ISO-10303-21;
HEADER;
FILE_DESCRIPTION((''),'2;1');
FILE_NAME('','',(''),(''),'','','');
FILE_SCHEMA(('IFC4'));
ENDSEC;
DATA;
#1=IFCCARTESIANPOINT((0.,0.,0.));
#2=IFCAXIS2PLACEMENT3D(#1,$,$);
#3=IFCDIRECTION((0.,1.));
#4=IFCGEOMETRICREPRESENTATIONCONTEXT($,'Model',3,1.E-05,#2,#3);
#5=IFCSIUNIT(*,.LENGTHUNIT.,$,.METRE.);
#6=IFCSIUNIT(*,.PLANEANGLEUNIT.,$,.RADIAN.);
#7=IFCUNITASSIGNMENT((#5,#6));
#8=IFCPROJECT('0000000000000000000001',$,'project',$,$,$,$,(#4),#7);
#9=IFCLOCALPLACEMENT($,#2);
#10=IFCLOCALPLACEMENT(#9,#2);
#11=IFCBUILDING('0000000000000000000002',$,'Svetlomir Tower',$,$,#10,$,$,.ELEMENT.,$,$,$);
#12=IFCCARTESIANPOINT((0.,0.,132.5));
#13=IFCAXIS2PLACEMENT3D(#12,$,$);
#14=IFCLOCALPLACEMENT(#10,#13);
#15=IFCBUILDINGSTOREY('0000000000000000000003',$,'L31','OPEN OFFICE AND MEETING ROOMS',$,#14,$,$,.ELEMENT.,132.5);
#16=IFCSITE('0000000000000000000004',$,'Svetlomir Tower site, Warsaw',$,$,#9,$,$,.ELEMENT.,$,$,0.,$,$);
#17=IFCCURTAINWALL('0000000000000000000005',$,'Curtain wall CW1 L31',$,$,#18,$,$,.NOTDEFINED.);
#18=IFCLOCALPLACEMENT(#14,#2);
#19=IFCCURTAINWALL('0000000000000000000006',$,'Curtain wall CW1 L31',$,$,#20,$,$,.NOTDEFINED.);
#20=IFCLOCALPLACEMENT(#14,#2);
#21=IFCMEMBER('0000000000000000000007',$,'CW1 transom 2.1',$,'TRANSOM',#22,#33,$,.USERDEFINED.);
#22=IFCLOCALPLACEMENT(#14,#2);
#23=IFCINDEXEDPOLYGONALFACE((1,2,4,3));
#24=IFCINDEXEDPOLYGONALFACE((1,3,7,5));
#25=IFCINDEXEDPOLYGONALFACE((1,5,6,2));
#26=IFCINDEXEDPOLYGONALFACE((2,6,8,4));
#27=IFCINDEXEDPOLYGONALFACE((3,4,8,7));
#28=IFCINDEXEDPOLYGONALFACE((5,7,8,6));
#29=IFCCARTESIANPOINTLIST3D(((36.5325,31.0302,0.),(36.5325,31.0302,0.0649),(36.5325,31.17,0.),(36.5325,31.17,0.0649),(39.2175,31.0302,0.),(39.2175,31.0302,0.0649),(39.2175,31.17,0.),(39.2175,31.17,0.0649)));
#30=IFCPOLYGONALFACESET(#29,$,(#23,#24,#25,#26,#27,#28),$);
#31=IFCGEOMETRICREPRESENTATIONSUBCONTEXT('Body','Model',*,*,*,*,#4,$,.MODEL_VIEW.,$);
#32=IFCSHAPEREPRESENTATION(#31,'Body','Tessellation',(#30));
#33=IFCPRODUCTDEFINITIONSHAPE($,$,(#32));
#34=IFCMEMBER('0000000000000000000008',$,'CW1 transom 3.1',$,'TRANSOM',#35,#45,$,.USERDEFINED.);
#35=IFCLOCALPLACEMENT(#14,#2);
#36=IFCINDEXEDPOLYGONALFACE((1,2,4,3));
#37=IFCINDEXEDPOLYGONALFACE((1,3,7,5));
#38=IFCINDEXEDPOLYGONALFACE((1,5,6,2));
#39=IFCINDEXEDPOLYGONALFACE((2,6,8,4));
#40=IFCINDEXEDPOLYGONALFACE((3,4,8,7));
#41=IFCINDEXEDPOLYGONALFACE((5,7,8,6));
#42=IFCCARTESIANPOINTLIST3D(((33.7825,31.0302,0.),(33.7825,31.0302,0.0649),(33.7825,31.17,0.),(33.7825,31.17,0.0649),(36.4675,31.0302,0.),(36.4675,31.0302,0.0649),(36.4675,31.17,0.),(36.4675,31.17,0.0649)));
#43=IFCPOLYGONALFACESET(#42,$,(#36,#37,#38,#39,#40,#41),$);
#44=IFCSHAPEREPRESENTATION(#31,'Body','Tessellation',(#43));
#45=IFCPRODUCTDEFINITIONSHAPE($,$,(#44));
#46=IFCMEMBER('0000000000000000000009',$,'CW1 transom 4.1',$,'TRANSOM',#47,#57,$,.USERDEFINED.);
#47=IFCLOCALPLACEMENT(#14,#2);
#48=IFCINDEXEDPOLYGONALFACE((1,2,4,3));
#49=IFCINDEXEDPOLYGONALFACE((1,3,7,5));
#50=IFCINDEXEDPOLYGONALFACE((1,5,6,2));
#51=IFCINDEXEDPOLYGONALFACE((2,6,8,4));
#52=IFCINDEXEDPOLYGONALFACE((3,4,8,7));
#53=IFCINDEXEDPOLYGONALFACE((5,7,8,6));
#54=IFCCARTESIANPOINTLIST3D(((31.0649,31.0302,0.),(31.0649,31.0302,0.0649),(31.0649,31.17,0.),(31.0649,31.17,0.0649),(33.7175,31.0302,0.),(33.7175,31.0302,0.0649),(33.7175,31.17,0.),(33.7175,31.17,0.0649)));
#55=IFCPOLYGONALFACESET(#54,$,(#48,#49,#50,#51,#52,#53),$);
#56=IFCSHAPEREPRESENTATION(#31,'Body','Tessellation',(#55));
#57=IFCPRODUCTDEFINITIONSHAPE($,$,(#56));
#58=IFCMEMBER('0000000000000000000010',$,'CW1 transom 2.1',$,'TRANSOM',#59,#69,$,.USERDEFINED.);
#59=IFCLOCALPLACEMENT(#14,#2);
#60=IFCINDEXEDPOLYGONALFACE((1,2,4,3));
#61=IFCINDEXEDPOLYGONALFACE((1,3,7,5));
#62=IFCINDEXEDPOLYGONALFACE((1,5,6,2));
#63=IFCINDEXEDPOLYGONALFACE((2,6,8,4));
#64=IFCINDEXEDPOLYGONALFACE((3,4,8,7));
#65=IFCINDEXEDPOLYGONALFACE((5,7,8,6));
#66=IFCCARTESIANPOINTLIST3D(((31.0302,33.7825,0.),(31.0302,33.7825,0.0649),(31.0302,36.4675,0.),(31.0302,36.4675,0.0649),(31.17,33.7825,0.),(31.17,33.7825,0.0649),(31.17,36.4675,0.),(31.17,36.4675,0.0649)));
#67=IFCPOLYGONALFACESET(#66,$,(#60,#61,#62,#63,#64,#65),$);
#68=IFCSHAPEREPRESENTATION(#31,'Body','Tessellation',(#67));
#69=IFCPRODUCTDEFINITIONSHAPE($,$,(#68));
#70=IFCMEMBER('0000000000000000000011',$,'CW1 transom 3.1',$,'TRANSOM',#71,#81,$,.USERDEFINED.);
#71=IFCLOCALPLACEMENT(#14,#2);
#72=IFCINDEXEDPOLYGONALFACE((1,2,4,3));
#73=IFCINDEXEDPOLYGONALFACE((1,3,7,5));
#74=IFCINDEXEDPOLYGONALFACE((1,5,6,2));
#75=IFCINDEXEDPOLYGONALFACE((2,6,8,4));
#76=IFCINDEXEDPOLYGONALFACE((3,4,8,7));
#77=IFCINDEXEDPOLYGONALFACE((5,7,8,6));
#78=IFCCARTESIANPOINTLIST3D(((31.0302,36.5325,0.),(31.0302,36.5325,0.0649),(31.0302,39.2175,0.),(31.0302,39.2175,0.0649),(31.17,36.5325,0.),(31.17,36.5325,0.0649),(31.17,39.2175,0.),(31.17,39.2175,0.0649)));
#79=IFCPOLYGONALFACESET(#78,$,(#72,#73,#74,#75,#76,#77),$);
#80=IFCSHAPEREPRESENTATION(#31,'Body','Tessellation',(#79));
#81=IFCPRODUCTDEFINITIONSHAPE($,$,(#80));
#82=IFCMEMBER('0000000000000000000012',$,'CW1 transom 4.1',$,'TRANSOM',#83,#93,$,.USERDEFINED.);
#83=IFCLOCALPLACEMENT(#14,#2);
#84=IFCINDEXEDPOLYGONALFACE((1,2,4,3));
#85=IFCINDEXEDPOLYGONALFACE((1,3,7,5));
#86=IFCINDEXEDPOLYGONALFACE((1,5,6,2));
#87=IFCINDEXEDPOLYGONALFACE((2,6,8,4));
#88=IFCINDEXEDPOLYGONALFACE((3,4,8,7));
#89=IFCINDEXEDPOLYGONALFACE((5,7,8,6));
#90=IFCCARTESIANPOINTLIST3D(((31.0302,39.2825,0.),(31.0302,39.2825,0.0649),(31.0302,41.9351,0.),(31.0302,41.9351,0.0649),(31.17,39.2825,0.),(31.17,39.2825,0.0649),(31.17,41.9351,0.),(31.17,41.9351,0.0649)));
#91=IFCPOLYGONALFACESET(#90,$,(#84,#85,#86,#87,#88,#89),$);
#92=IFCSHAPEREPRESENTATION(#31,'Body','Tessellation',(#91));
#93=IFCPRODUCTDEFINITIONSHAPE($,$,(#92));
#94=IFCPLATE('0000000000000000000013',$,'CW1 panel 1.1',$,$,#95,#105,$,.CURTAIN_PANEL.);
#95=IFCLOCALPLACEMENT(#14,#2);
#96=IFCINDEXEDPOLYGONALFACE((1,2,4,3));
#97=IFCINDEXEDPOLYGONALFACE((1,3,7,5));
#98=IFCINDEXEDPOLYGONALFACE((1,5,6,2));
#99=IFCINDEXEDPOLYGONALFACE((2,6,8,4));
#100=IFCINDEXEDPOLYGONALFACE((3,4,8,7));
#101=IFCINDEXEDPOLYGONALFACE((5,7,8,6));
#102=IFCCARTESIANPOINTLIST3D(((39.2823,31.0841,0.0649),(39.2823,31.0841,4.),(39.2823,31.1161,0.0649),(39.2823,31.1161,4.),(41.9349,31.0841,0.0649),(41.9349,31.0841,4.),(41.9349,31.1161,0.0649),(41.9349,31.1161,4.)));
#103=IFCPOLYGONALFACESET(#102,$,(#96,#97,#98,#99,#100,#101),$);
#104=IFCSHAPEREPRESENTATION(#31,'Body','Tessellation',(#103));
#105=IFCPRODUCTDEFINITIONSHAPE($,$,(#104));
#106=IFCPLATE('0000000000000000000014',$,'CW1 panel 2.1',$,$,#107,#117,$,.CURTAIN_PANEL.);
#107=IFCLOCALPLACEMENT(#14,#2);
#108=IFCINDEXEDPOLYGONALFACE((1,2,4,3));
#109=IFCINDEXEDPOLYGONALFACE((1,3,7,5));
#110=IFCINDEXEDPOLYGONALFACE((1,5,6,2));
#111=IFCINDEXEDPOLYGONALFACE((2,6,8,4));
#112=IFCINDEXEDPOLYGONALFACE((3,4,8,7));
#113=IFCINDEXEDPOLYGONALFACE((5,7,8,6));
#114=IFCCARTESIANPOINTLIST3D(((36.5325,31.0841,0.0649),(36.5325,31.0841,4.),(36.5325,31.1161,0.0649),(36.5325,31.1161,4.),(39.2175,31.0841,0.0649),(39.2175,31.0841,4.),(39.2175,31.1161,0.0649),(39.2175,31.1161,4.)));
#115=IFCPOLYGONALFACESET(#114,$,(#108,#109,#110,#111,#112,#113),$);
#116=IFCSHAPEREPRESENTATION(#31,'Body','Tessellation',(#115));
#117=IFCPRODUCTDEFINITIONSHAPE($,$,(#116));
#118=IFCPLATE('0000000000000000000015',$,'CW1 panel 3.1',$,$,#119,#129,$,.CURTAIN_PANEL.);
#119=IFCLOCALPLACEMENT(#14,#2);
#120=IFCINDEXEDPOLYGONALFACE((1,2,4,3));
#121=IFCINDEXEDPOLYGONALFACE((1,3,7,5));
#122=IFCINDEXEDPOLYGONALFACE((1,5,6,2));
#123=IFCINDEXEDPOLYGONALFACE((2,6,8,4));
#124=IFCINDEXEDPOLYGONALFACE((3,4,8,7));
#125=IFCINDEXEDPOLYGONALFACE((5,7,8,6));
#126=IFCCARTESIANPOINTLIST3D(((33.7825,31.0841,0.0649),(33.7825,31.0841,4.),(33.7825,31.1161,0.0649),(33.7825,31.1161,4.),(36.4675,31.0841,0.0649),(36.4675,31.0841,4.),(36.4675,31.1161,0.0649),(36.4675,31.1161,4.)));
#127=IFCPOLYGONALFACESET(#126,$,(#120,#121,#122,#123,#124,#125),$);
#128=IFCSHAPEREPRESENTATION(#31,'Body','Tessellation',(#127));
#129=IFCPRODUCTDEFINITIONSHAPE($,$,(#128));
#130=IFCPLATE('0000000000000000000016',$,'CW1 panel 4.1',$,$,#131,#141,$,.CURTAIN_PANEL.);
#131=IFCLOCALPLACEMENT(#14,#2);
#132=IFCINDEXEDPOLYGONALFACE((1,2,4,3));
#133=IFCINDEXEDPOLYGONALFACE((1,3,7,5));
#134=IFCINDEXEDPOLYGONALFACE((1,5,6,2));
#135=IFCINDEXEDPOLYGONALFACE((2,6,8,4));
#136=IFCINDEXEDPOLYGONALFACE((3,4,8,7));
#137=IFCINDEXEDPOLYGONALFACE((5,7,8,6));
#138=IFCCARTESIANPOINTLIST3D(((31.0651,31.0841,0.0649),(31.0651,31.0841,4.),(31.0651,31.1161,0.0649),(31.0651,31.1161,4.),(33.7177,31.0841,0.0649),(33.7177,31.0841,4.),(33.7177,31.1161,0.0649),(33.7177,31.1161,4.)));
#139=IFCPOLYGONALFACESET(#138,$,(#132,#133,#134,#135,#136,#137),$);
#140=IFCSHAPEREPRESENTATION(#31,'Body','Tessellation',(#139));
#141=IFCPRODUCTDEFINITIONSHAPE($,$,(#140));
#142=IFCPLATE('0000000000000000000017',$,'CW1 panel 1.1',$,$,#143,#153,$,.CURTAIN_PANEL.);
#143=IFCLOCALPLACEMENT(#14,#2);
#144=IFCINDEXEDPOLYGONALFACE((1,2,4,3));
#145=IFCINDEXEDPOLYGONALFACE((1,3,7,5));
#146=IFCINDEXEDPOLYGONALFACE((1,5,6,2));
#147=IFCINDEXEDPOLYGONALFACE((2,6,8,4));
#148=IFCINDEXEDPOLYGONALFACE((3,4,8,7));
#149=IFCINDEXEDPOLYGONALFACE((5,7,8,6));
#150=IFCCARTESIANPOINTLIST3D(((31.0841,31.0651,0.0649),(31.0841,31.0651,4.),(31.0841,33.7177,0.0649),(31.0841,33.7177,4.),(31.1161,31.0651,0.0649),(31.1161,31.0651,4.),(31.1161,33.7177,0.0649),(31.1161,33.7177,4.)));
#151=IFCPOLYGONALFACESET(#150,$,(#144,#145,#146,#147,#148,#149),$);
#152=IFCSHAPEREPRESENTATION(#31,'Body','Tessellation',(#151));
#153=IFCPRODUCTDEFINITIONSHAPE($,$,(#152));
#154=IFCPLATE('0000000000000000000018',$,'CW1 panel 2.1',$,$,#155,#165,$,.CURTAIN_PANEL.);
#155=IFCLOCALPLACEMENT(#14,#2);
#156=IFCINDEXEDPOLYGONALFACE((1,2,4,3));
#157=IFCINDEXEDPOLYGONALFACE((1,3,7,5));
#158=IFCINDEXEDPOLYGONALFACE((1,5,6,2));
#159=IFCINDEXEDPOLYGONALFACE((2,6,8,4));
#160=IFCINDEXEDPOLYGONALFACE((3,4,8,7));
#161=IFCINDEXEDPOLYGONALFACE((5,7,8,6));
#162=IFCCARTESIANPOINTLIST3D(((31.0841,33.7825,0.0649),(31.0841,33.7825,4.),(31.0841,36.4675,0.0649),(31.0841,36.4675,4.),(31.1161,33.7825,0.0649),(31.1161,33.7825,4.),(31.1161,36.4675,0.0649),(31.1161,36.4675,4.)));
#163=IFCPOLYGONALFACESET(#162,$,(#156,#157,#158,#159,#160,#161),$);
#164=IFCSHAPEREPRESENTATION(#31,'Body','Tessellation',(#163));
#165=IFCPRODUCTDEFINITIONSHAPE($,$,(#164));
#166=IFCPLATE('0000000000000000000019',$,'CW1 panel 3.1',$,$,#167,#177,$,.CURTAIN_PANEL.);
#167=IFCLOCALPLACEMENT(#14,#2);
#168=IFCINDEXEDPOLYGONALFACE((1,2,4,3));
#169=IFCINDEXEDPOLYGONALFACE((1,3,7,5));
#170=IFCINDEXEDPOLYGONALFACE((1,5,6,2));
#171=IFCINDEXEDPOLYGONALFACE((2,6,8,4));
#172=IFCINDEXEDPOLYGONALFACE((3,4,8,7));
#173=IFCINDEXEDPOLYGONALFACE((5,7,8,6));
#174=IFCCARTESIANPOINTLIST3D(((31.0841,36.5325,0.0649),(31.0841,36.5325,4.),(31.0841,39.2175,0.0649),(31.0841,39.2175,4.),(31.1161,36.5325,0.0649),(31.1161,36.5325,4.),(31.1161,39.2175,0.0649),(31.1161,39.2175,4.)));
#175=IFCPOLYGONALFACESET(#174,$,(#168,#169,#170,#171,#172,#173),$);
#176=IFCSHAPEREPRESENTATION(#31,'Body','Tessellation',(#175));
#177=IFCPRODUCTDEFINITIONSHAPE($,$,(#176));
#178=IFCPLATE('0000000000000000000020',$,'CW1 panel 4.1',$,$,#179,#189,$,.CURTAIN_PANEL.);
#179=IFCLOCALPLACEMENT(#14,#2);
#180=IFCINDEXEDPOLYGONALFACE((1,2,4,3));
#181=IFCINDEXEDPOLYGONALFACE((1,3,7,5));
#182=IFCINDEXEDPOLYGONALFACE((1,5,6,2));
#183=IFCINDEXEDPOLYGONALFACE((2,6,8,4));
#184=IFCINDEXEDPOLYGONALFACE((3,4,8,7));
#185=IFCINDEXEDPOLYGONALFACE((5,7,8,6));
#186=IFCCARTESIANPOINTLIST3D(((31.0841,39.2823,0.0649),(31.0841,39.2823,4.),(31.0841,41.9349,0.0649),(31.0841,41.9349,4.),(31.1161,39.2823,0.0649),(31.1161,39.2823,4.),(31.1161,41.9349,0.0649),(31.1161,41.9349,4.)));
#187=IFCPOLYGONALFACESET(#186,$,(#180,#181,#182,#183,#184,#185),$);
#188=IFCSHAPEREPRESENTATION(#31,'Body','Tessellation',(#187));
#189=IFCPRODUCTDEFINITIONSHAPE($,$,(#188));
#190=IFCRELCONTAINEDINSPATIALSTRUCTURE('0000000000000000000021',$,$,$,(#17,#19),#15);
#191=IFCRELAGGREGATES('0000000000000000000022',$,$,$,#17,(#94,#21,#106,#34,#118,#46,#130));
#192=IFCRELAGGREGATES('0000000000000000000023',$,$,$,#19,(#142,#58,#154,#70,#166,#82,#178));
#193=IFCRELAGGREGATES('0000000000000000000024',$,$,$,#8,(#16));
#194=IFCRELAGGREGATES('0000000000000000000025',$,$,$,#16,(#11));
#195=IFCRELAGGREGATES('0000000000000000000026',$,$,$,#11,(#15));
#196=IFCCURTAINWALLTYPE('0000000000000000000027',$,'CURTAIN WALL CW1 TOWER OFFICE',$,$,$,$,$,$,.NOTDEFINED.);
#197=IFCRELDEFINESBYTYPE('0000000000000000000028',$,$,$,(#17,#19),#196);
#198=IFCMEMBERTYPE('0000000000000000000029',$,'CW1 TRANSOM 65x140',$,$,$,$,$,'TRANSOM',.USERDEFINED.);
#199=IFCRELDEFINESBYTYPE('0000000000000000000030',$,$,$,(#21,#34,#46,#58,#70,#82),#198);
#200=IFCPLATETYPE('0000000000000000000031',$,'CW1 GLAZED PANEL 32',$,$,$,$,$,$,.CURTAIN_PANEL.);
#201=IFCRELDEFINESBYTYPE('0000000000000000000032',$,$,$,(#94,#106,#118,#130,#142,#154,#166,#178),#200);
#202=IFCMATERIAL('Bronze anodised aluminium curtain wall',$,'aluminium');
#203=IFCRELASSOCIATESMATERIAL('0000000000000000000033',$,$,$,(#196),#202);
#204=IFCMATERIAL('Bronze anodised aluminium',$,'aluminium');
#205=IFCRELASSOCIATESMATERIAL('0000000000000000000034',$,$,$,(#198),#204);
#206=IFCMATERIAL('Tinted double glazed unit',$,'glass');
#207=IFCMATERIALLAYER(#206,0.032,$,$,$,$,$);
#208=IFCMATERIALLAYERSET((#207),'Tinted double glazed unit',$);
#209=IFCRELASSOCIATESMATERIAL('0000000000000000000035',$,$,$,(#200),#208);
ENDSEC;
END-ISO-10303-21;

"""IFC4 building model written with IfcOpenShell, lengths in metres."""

from ifc_helpers import new_model, si_unit, direction, frame, origin, origin_2d, place, context, subcontext, project, spatial, rectangle, extrude, material, layer, layer_set, material_profile, profile_set, type_object, element, aggregate, save


model = new_model("IFC4")

# Units and contexts
model_context = context("Model", 3, precision=1e-05, world=origin(), true_north=direction((0.0, 1.0)))
body_context = subcontext(model_context, "Body", "Model", "MODEL_VIEW")
ifc_project = project(units=[si_unit("LENGTHUNIT", "METRE"), si_unit("PLANEANGLEUNIT", "RADIAN")], contexts=[model_context])

# Site, building, storey
site_placement = place(None, origin())
site = spatial("IfcSite", under=ifc_project, at=site_placement, Name="Svetlomir Tower site, Warsaw", CompositionType="ELEMENT", RefElevation=0.0)
building_placement = place(site_placement, origin())
building = spatial("IfcBuilding", under=site, at=building_placement, Name="Svetlomir Tower", CompositionType="ELEMENT")
storey_placement = place(building_placement, frame((0.0, 0.0, 132.5)))
storey = spatial("IfcBuildingStorey", under=building, at=storey_placement, Name="L31", Description="OPEN OFFICE AND MEETING ROOMS", CompositionType="ELEMENT", Elevation=132.5)

# Curtain walls
ifc_material_1 = material(Name="Bronze anodised aluminium curtain wall", Category="aluminium")
curtain_wall_type = type_object("IfcCurtainWallType", Name="CURTAIN WALL CW1 TOWER OFFICE", PredefinedType="NOTDEFINED", material=ifc_material_1)
curtain_wall_1_placement = place(storey_placement, origin())
curtain_wall_1 = element("IfcCurtainWall", 1, at=curtain_wall_1_placement, inside=storey, type_object=curtain_wall_type, Name="Curtain wall CW1 L31", PredefinedType="NOTDEFINED")
curtain_wall_2_placement = place(storey_placement, origin())
curtain_wall_2 = element("IfcCurtainWall", 2, at=curtain_wall_2_placement, inside=storey, type_object=curtain_wall_type, Name="Curtain wall CW1 L31", PredefinedType="NOTDEFINED")

# Members
ifc_material_2 = material(Name="Bronze anodised aluminium", Category="aluminium")
ifc_material_profile_1 = material_profile(ifc_material_2, rectangle(XDim=0.1399, YDim=0.0649, at=origin_2d()), Name="AL 140x65")
ifc_profile_set_1 = profile_set([ifc_material_profile_1], Name="Bronze anodised aluminium 6063-T6")
member_type_1 = type_object("IfcMemberType", Name="CW1 TRANSOM 65x140", ElementType="TRANSOM", PredefinedType="USERDEFINED", material=ifc_profile_set_1)
member_1_placement = place(storey_placement, frame((39.2175, 31.1001, 0.0325), z_axis=(-1.0, 0.0, 0.0), x_axis=(0.0, -1.0, 0.0)))
member_1 = element("IfcMember", 3, at=member_1_placement, type_object=member_type_1, Name="CW1 transom 2.1", ObjectType="TRANSOM", PredefinedType="USERDEFINED", context=body_context, shape_type="SweptSolid", body=[
    extrude(rectangle(XDim=0.1399, YDim=0.0649, at=origin_2d()), origin(), (0.0, 0.0, 1.0), 2.6851),
])
member_2_placement = place(storey_placement, frame((36.4675, 31.1001, 0.0325), z_axis=(-1.0, 0.0, 0.0), x_axis=(0.0, -1.0, 0.0)))
member_2 = element("IfcMember", 4, at=member_2_placement, type_object=member_type_1, Name="CW1 transom 3.1", ObjectType="TRANSOM", PredefinedType="USERDEFINED", context=body_context, shape_type="SweptSolid", body=[
    extrude(rectangle(XDim=0.1399, YDim=0.0649, at=origin_2d()), origin(), (0.0, 0.0, 1.0), 2.6851),
])
member_3_placement = place(storey_placement, frame((33.7175, 31.1001, 0.0325), z_axis=(-1.0, 0.0, 0.0), x_axis=(0.0, -1.0, 0.0)))
member_3 = element("IfcMember", 5, at=member_3_placement, type_object=member_type_1, Name="CW1 transom 4.1", ObjectType="TRANSOM", PredefinedType="USERDEFINED", context=body_context, shape_type="SweptSolid", body=[
    extrude(rectangle(XDim=0.1399, YDim=0.0649, at=origin_2d()), origin(), (0.0, 0.0, 1.0), 2.6526),
])
member_4_placement = place(storey_placement, frame((31.1001, 33.7825, 0.0325), z_axis=(0.0, 1.0, 0.0), x_axis=(-1.0, 0.0, 0.0)))
member_4 = element("IfcMember", 6, at=member_4_placement, type_object=member_type_1, Name="CW1 transom 2.1", ObjectType="TRANSOM", PredefinedType="USERDEFINED", context=body_context, shape_type="SweptSolid", body=[
    extrude(rectangle(XDim=0.1399, YDim=0.0649, at=origin_2d()), origin(), (0.0, 0.0, 1.0), 2.6851),
])
member_5_placement = place(storey_placement, frame((31.1001, 36.5325, 0.0325), z_axis=(0.0, 1.0, 0.0), x_axis=(-1.0, 0.0, 0.0)))
member_5 = element("IfcMember", 7, at=member_5_placement, type_object=member_type_1, Name="CW1 transom 3.1", ObjectType="TRANSOM", PredefinedType="USERDEFINED", context=body_context, shape_type="SweptSolid", body=[
    extrude(rectangle(XDim=0.1399, YDim=0.0649, at=origin_2d()), origin(), (0.0, 0.0, 1.0), 2.6851),
])
member_6_placement = place(storey_placement, frame((31.1001, 39.2825, 0.0325), z_axis=(0.0, 1.0, 0.0), x_axis=(-1.0, 0.0, 0.0)))
member_6 = element("IfcMember", 8, at=member_6_placement, type_object=member_type_1, Name="CW1 transom 4.1", ObjectType="TRANSOM", PredefinedType="USERDEFINED", context=body_context, shape_type="SweptSolid", body=[
    extrude(rectangle(XDim=0.1399, YDim=0.0649, at=origin_2d()), origin(), (0.0, 0.0, 1.0), 2.6526),
])

# Plates
ifc_material_3 = material(Name="Tinted double glazed unit", Category="glass")
ifc_layer = layer(ifc_material_3, 0.032)
ifc_layer_set = layer_set([ifc_layer], Name="Tinted double glazed unit")
plate_type = type_object("IfcPlateType", Name="CW1 GLAZED PANEL 32", PredefinedType="CURTAIN_PANEL", material=ifc_layer_set)
plate_1_placement = place(storey_placement, frame((40.6086, 31.1001, 0.0649), z_axis=(0.0, 0.0, 1.0), x_axis=(-1.0, 0.0, 0.0)))
plate_1 = element("IfcPlate", 9, at=plate_1_placement, type_object=plate_type, Name="CW1 panel 1.1", PredefinedType="CURTAIN_PANEL", context=body_context, shape_type="SweptSolid", body=[
    extrude(rectangle(XDim=2.6526, YDim=0.032, at=origin_2d()), origin(), (0.0, 0.0, 1.0), 3.9351),
])
plate_2_placement = place(storey_placement, frame((37.875, 31.1001, 0.0649), z_axis=(0.0, 0.0, 1.0), x_axis=(-1.0, 0.0, 0.0)))
plate_2 = element("IfcPlate", 10, at=plate_2_placement, type_object=plate_type, Name="CW1 panel 2.1", PredefinedType="CURTAIN_PANEL", context=body_context, shape_type="SweptSolid", body=[
    extrude(rectangle(XDim=2.6851, YDim=0.032, at=origin_2d()), origin(), (0.0, 0.0, 1.0), 3.9351),
])
plate_3_placement = place(storey_placement, frame((35.125, 31.1001, 0.0649), z_axis=(0.0, 0.0, 1.0), x_axis=(-1.0, 0.0, 0.0)))
plate_3 = element("IfcPlate", 11, at=plate_3_placement, type_object=plate_type, Name="CW1 panel 3.1", PredefinedType="CURTAIN_PANEL", context=body_context, shape_type="SweptSolid", body=[
    extrude(rectangle(XDim=2.6851, YDim=0.032, at=origin_2d()), origin(), (0.0, 0.0, 1.0), 3.9351),
])
plate_4_placement = place(storey_placement, frame((32.3914, 31.1001, 0.0649), z_axis=(0.0, 0.0, 1.0), x_axis=(-1.0, 0.0, 0.0)))
plate_4 = element("IfcPlate", 12, at=plate_4_placement, type_object=plate_type, Name="CW1 panel 4.1", PredefinedType="CURTAIN_PANEL", context=body_context, shape_type="SweptSolid", body=[
    extrude(rectangle(XDim=2.6526, YDim=0.032, at=origin_2d()), origin(), (0.0, 0.0, 1.0), 3.9351),
])
aggregate(curtain_wall_1, [plate_1, member_1, plate_2, member_2, plate_3, member_3, plate_4])
plate_5_placement = place(storey_placement, frame((31.1001, 32.3914, 0.0649), z_axis=(0.0, 0.0, 1.0), x_axis=(0.0, 1.0, 0.0)))
plate_5 = element("IfcPlate", 13, at=plate_5_placement, type_object=plate_type, Name="CW1 panel 1.1", PredefinedType="CURTAIN_PANEL", context=body_context, shape_type="SweptSolid", body=[
    extrude(rectangle(XDim=2.6526, YDim=0.032, at=origin_2d()), origin(), (0.0, 0.0, 1.0), 3.9351),
])
plate_6_placement = place(storey_placement, frame((31.1001, 35.125, 0.0649), z_axis=(0.0, 0.0, 1.0), x_axis=(0.0, 1.0, 0.0)))
plate_6 = element("IfcPlate", 14, at=plate_6_placement, type_object=plate_type, Name="CW1 panel 2.1", PredefinedType="CURTAIN_PANEL", context=body_context, shape_type="SweptSolid", body=[
    extrude(rectangle(XDim=2.6851, YDim=0.032, at=origin_2d()), origin(), (0.0, 0.0, 1.0), 3.9351),
])
plate_7_placement = place(storey_placement, frame((31.1001, 37.875, 0.0649), z_axis=(0.0, 0.0, 1.0), x_axis=(0.0, 1.0, 0.0)))
plate_7 = element("IfcPlate", 15, at=plate_7_placement, type_object=plate_type, Name="CW1 panel 3.1", PredefinedType="CURTAIN_PANEL", context=body_context, shape_type="SweptSolid", body=[
    extrude(rectangle(XDim=2.6851, YDim=0.032, at=origin_2d()), origin(), (0.0, 0.0, 1.0), 3.9351),
])
plate_8_placement = place(storey_placement, frame((31.1001, 40.6086, 0.0649), z_axis=(0.0, 0.0, 1.0), x_axis=(0.0, 1.0, 0.0)))
plate_8 = element("IfcPlate", 16, at=plate_8_placement, type_object=plate_type, Name="CW1 panel 4.1", PredefinedType="CURTAIN_PANEL", context=body_context, shape_type="SweptSolid", body=[
    extrude(rectangle(XDim=2.6526, YDim=0.032, at=origin_2d()), origin(), (0.0, 0.0, 1.0), 3.9351),
])
aggregate(curtain_wall_2, [plate_5, member_4, plate_6, member_5, plate_7, member_6, plate_8])

save(model, "model.ifc")
